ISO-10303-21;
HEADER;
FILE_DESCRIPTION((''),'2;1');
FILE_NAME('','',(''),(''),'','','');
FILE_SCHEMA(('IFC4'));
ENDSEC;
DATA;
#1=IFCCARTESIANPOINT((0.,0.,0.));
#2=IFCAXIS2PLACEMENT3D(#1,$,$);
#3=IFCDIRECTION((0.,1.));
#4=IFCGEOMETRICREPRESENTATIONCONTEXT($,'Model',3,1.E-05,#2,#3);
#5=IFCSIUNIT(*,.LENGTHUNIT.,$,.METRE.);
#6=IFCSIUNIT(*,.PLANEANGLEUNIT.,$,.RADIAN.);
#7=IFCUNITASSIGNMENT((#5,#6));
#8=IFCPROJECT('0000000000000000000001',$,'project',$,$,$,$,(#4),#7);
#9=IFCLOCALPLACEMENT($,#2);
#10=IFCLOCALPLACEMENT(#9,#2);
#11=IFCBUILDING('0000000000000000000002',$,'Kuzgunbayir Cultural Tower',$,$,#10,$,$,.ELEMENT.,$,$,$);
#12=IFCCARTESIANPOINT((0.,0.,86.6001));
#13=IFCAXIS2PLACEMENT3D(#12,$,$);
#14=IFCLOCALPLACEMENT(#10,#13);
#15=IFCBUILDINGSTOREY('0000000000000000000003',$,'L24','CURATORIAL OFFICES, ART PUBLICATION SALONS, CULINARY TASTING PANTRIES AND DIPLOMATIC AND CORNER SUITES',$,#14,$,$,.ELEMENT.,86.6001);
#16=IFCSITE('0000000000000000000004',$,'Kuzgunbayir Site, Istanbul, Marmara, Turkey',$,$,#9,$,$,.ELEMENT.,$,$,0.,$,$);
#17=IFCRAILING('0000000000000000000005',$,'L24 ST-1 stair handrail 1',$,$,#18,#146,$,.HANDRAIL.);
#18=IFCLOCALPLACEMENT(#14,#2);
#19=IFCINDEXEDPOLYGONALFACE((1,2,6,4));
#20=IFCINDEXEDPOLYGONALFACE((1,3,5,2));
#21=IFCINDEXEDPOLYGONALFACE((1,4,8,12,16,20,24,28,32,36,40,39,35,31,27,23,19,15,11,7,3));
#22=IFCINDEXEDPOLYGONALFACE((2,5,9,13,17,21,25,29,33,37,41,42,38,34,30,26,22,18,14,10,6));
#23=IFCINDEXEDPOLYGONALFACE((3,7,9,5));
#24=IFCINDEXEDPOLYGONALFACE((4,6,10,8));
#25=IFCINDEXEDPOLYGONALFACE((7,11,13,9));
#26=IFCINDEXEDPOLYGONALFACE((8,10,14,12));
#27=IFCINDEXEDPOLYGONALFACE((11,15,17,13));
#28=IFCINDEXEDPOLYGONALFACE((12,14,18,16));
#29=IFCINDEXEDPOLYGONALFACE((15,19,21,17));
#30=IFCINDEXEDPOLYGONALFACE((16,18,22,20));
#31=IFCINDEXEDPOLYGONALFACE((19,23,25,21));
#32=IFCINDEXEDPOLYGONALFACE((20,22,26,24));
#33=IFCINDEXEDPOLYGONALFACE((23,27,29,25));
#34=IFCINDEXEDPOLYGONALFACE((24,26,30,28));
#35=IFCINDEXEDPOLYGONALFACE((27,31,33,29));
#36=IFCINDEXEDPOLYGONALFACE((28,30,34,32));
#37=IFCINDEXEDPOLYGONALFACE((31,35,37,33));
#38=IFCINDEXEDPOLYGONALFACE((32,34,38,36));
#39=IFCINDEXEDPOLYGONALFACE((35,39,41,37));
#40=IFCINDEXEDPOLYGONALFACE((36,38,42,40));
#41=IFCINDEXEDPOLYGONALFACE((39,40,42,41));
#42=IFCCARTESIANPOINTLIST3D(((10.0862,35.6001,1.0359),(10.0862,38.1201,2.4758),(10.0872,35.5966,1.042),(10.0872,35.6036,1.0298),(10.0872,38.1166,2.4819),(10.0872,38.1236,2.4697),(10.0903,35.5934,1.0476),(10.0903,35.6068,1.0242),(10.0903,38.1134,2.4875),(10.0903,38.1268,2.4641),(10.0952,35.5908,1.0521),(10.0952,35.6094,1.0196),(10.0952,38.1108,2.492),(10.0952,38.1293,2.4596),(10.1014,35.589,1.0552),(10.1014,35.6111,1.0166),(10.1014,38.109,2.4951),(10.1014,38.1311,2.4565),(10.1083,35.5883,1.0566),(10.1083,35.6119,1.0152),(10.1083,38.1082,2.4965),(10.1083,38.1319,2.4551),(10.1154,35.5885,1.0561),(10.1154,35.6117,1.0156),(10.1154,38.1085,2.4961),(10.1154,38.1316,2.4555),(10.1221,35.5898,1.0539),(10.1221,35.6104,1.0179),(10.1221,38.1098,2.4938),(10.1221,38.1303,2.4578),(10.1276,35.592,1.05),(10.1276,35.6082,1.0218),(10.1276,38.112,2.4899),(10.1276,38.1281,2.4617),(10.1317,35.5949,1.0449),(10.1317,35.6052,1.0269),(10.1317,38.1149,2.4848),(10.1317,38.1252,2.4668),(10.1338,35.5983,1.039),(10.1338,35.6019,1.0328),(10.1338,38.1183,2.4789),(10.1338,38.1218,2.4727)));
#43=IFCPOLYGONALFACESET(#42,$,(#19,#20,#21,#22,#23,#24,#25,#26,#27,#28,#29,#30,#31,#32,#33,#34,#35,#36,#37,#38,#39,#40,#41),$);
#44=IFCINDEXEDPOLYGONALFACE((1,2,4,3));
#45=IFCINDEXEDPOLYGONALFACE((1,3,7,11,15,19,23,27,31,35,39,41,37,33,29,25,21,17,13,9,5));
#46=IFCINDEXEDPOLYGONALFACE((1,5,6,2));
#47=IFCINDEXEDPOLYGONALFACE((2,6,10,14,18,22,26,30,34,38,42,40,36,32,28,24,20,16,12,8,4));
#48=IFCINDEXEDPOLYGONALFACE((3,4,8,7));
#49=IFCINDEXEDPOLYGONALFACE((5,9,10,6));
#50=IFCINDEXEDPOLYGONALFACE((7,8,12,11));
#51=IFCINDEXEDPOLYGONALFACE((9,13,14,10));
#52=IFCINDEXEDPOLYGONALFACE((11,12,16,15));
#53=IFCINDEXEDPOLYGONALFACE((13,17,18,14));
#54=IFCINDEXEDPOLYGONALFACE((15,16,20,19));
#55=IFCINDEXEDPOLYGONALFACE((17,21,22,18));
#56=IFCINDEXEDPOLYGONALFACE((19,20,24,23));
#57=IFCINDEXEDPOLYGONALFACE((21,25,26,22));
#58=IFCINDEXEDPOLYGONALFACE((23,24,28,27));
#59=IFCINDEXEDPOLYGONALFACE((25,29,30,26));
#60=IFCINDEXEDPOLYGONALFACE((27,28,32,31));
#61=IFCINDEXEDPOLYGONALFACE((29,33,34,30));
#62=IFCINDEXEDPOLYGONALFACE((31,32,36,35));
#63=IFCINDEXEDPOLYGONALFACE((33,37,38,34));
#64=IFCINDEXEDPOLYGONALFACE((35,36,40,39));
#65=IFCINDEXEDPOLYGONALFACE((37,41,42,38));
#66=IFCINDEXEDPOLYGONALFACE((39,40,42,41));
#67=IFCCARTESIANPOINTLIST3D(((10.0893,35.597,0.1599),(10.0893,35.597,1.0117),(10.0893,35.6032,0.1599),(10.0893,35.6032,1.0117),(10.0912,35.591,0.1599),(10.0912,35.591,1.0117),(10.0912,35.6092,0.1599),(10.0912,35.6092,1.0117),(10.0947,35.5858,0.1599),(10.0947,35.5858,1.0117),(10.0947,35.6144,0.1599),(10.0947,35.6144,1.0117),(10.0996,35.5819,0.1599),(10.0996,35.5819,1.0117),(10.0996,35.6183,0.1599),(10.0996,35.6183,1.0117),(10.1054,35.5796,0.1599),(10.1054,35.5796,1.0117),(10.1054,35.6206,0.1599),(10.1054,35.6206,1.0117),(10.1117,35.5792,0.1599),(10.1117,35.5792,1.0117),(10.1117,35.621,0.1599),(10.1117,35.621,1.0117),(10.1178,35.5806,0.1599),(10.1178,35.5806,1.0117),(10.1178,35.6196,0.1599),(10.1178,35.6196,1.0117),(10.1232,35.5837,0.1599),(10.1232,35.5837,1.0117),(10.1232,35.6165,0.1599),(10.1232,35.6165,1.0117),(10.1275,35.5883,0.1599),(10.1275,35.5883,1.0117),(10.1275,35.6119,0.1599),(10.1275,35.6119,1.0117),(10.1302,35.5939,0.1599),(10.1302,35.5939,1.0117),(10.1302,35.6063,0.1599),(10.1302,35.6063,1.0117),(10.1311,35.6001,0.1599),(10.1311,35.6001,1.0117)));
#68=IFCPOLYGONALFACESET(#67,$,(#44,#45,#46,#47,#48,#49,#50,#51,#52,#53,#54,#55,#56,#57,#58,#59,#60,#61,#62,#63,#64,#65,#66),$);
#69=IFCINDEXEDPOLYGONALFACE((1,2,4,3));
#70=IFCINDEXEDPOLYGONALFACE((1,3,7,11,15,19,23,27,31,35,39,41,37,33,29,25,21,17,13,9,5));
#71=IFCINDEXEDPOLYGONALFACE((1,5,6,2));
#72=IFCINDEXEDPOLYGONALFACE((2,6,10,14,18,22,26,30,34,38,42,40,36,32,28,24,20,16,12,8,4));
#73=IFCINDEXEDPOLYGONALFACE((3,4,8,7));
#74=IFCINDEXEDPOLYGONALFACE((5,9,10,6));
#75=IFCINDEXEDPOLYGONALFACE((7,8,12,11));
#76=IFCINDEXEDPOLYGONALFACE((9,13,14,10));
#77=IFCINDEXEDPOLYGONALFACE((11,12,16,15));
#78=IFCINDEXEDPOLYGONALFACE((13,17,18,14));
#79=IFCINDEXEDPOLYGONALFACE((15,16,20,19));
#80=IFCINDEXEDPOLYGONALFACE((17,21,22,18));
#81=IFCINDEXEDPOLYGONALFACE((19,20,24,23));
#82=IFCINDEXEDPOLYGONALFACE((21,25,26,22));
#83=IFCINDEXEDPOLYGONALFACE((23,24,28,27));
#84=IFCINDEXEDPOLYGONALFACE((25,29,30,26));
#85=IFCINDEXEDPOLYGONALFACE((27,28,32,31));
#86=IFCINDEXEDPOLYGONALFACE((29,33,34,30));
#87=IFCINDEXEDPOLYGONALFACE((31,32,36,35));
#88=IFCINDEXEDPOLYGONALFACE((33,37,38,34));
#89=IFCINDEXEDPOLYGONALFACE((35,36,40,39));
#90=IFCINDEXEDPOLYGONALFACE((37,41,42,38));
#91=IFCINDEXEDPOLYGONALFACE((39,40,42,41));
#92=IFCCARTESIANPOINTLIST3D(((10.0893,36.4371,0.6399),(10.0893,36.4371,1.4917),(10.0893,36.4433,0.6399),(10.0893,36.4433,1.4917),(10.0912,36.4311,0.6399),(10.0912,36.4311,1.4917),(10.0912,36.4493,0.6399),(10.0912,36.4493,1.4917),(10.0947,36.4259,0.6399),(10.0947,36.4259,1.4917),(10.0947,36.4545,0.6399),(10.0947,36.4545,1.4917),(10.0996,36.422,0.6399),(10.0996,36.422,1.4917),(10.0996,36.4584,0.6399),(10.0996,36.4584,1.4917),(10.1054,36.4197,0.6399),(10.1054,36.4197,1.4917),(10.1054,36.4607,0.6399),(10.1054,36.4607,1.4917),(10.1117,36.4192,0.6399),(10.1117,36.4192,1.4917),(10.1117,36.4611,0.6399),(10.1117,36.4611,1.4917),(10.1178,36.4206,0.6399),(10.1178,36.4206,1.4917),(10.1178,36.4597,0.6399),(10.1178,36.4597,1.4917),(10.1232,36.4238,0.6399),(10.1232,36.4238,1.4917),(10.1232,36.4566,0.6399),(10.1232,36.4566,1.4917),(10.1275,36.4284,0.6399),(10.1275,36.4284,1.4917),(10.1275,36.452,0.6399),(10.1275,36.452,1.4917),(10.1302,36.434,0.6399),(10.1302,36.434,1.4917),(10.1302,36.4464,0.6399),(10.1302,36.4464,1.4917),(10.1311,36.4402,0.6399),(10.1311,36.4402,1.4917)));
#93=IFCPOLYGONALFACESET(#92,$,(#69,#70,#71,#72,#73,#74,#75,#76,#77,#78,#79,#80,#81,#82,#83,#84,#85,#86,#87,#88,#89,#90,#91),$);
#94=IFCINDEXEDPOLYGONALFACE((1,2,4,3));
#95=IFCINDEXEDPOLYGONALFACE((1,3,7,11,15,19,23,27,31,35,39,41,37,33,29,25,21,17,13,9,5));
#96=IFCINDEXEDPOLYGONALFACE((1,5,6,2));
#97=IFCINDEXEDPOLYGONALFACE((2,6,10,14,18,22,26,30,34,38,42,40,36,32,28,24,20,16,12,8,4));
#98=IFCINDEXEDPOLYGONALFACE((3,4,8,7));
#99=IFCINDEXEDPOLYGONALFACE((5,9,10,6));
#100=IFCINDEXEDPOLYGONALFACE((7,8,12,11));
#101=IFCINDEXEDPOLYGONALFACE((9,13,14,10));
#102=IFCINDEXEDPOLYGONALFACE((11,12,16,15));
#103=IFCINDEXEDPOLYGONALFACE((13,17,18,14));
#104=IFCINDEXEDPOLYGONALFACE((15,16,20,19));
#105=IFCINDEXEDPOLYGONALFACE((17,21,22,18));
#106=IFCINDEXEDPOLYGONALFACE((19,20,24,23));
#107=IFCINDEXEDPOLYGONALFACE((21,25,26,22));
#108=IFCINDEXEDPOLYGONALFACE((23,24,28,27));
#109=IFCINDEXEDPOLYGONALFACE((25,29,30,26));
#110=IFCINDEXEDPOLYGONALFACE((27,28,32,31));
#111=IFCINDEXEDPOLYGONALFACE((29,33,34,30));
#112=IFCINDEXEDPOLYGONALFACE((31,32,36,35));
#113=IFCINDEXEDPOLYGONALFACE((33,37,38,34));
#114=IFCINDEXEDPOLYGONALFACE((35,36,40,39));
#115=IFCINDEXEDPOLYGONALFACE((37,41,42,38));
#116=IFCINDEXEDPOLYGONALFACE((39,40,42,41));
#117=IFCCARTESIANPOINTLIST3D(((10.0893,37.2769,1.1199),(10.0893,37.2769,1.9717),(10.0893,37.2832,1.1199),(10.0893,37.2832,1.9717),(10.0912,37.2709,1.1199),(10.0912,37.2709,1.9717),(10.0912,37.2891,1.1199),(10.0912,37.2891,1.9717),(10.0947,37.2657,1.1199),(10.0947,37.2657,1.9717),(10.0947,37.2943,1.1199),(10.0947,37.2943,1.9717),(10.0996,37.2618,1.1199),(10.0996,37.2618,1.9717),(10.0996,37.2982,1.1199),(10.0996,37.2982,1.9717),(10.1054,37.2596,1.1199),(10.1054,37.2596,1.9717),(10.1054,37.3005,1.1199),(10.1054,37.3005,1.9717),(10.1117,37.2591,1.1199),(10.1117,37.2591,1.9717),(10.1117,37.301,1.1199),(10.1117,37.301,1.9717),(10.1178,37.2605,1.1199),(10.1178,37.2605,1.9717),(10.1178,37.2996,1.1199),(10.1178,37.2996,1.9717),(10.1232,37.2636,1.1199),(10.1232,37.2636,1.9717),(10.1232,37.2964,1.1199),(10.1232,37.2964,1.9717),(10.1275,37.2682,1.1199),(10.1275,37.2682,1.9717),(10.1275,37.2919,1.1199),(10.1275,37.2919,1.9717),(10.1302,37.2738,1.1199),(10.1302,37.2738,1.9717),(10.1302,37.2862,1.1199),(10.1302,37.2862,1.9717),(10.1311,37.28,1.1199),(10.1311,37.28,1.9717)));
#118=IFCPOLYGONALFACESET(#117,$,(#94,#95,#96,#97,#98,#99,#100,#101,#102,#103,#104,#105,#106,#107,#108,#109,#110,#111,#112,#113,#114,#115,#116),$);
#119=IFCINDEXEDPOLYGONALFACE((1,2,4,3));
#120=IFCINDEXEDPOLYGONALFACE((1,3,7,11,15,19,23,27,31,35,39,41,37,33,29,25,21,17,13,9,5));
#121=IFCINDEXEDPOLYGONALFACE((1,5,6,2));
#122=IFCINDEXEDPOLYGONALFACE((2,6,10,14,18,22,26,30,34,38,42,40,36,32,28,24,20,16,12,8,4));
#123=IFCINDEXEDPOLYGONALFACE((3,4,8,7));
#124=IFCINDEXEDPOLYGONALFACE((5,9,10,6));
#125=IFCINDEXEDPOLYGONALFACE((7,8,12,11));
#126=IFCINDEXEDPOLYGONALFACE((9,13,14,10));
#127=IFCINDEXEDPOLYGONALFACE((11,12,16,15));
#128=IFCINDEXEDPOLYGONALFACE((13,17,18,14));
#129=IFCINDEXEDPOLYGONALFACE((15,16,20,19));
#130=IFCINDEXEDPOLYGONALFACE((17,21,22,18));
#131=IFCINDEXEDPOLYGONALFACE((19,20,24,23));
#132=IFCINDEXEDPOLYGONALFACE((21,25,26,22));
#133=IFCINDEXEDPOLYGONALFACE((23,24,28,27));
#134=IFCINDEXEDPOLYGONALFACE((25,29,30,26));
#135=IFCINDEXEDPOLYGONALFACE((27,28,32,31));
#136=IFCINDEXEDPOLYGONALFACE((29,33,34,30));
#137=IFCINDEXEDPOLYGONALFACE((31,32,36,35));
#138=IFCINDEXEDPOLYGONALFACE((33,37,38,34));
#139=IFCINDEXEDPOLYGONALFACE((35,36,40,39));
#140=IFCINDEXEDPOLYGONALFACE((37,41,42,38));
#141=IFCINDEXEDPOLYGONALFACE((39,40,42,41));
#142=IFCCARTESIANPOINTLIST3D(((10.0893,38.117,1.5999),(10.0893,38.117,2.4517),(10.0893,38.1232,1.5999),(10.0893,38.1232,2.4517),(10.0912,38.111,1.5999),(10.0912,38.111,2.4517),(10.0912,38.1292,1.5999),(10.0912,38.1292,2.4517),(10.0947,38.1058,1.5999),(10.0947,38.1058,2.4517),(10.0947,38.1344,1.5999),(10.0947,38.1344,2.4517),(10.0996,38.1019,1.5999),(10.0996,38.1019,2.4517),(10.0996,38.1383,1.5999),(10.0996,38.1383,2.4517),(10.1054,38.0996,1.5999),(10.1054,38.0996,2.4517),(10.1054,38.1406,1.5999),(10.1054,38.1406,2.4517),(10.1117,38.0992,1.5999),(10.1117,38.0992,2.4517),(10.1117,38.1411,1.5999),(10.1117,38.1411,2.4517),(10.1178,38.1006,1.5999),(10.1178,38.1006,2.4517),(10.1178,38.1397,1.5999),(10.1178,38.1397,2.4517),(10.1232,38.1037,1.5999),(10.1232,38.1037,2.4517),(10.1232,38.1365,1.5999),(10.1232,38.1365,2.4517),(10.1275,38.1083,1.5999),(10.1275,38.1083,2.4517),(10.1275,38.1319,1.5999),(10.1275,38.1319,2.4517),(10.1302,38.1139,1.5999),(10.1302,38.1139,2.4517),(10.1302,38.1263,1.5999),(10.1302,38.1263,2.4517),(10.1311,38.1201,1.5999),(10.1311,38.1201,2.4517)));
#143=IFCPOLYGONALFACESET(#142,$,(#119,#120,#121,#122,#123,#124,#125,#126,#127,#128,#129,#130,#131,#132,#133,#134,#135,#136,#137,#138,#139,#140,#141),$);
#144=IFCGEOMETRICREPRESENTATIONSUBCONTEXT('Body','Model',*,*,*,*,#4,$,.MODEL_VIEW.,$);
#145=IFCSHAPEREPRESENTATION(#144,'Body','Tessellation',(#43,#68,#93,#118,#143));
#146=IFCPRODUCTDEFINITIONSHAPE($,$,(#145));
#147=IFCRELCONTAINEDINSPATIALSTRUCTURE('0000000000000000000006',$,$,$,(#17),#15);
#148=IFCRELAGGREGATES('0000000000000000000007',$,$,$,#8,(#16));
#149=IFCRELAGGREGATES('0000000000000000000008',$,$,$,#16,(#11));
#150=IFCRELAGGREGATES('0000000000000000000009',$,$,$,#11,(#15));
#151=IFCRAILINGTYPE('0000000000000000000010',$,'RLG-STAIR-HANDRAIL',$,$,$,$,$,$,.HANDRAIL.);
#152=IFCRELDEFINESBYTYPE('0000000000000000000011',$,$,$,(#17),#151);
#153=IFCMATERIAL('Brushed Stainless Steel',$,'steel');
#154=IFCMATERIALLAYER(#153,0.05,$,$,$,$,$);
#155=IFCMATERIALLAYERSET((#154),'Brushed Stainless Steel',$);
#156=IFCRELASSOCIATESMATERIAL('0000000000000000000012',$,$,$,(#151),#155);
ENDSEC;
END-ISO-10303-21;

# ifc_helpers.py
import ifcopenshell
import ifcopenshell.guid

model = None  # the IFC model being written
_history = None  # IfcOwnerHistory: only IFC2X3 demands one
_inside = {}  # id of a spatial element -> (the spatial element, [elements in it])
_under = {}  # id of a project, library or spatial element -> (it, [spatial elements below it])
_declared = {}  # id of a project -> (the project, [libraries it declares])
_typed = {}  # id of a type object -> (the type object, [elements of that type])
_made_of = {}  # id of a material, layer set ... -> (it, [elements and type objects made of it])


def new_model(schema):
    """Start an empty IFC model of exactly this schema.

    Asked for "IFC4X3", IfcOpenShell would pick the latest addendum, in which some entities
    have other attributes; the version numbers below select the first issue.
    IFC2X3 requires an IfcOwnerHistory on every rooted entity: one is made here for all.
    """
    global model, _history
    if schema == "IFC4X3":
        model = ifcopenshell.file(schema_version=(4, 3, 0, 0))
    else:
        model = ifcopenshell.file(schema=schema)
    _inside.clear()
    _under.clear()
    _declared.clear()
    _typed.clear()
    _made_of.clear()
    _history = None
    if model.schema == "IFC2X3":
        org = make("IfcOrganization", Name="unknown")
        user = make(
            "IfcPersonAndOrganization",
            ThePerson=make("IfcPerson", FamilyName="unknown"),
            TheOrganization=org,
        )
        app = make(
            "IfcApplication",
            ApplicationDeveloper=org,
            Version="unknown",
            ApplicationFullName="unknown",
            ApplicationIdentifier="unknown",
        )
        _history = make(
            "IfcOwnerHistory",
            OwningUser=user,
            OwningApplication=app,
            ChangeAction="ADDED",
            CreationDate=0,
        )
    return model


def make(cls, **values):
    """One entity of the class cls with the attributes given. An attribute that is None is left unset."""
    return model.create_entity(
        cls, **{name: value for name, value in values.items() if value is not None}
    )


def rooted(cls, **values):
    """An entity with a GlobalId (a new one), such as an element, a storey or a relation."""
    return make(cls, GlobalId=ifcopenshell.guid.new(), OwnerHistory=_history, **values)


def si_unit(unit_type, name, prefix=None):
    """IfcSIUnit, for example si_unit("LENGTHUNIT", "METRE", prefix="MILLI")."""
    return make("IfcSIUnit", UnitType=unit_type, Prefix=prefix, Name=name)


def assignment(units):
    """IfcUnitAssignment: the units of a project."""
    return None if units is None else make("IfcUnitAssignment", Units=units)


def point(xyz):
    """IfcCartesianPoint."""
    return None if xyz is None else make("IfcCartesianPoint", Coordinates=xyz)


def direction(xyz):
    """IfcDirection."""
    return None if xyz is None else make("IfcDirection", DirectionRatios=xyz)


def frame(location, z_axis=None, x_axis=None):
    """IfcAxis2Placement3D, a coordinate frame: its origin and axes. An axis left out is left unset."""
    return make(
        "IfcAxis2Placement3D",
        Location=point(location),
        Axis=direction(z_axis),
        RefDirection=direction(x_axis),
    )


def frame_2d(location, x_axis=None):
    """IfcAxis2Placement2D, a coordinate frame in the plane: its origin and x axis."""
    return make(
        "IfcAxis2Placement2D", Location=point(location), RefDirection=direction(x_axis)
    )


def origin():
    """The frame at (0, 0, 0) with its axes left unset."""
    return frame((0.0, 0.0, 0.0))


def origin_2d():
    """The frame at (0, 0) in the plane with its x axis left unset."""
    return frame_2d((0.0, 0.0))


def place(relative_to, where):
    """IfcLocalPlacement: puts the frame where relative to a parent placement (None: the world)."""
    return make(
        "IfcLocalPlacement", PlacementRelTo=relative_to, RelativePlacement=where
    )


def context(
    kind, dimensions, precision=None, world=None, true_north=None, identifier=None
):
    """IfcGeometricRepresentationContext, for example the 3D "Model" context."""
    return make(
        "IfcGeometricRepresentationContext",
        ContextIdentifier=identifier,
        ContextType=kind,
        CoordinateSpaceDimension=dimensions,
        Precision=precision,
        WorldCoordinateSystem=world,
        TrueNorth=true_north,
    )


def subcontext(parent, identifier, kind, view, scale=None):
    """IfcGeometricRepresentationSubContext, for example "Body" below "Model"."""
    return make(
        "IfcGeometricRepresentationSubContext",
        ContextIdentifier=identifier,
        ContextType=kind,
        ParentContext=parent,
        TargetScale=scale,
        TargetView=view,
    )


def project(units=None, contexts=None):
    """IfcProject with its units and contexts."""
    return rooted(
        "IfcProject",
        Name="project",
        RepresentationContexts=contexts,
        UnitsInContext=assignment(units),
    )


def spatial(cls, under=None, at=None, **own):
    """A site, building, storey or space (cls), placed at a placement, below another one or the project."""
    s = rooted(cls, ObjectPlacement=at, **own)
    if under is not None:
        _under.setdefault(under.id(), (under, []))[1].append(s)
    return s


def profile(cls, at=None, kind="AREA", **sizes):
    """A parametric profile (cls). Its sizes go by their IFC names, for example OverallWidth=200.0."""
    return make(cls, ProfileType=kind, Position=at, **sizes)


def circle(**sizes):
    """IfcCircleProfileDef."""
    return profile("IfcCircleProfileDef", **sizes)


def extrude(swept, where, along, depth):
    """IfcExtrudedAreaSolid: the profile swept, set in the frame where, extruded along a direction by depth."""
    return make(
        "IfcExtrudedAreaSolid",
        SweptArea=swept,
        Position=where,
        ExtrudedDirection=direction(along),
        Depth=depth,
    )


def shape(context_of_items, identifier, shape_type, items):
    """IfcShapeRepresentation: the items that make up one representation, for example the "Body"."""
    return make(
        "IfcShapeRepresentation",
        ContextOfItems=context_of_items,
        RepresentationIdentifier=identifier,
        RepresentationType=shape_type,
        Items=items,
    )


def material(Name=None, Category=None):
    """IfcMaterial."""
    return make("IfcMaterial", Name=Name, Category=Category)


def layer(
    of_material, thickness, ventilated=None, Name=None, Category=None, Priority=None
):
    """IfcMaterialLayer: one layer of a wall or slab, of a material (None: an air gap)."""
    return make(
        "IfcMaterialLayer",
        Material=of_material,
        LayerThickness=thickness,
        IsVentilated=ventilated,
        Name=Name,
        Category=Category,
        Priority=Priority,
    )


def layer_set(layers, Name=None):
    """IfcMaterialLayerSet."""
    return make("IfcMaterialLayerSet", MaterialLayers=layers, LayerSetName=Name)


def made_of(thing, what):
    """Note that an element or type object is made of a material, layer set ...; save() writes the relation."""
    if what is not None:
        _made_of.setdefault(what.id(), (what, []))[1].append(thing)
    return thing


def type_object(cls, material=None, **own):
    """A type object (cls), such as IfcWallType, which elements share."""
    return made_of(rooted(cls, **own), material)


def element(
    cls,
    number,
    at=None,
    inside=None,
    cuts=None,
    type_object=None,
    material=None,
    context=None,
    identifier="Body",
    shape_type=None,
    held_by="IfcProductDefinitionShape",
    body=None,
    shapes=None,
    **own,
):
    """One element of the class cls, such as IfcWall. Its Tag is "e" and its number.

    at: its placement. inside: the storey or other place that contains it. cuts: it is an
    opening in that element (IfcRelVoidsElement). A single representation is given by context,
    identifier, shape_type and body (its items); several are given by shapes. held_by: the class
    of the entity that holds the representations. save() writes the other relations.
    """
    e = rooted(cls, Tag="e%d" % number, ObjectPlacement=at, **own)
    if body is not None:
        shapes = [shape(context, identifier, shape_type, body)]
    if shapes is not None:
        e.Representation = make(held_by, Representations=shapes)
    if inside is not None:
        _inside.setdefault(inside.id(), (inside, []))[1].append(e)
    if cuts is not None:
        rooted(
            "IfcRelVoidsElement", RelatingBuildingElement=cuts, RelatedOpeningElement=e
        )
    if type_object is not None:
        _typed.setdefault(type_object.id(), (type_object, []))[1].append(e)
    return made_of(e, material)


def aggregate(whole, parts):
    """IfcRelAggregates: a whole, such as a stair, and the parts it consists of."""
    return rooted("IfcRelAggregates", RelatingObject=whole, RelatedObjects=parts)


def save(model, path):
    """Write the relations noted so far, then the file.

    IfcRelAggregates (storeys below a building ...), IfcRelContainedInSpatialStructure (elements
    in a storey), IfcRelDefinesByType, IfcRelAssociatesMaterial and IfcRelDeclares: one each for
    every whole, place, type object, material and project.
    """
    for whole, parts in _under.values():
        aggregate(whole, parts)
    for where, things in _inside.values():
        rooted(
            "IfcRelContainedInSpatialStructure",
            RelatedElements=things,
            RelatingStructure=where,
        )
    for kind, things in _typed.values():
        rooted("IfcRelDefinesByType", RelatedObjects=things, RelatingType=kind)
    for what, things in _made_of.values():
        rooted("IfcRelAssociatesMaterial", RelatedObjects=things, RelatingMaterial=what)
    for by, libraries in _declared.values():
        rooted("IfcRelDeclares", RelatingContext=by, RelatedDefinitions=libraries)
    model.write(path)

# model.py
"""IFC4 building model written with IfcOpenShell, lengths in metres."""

from ifc_helpers import new_model, si_unit, direction, frame, origin, origin_2d, place, context, subcontext, project, spatial, circle, extrude, material, layer, layer_set, type_object, element, save


model = new_model("IFC4")

# Units and contexts
model_context = context("Model", 3, precision=1e-05, world=origin(), true_north=direction((0.0, 1.0)))
body_context = subcontext(model_context, "Body", "Model", "MODEL_VIEW")
ifc_project = project(units=[si_unit("LENGTHUNIT", "METRE"), si_unit("PLANEANGLEUNIT", "RADIAN")], contexts=[model_context])

# Site, building, storey
site_placement = place(None, origin())
site = spatial("IfcSite", under=ifc_project, at=site_placement, Name="Kuzgunbayir Site, Istanbul, Marmara, Turkey", CompositionType="ELEMENT", RefElevation=0.0)
building_placement = place(site_placement, origin())
building = spatial("IfcBuilding", under=site, at=building_placement, Name="Kuzgunbayir Cultural Tower", CompositionType="ELEMENT")
storey_placement = place(building_placement, frame((0.0, 0.0, 86.6001)))
storey = spatial("IfcBuildingStorey", under=building, at=storey_placement, Name="L24", Description="CURATORIAL OFFICES, ART PUBLICATION SALONS, CULINARY TASTING PANTRIES AND DIPLOMATIC AND CORNER SUITES", CompositionType="ELEMENT", Elevation=86.6001)

# Shared definitions
ifc_material_1 = material(Name="Brushed Stainless Steel", Category="steel")

# Railing
ifc_layer_1 = layer(ifc_material_1, 0.05)
ifc_layer_set_1 = layer_set([ifc_layer_1], Name="Brushed Stainless Steel")
railing_type_1 = type_object("IfcRailingType", Name="RLG-STAIR-HANDRAIL", PredefinedType="HANDRAIL", material=ifc_layer_set_1)
railing_1_placement = place(storey_placement, frame((10.1101, 35.6001, 0.1599)))
element("IfcRailing", 1, at=railing_1_placement, inside=storey, type_object=railing_type_1, Name="L24 ST-1 stair handrail 1", PredefinedType="HANDRAIL", context=body_context, shape_type="SweptSolid", body=[
    extrude(circle(Radius=0.0239, at=origin_2d()), frame((0.0, 0.0, 0.876), z_axis=(0.0, 0.868253, 0.496121), x_axis=(-1.0, 0.0, 0.0)), (0.0, 0.0, 1.0), 2.9023),
    extrude(circle(Radius=0.021, at=origin_2d()), origin(), (0.0, 0.0, 1.0), 0.8518),
    extrude(circle(Radius=0.021, at=origin_2d()), frame((0.0, 0.8401, 0.48)), (0.0, 0.0, 1.0), 0.8518),
    extrude(circle(Radius=0.021, at=origin_2d()), frame((0.0, 1.6799, 0.96)), (0.0, 0.0, 1.0), 0.8518),
    extrude(circle(Radius=0.021, at=origin_2d()), frame((0.0, 2.52, 1.4399)), (0.0, 0.0, 1.0), 0.8518),
])

save(model, "model.ifc")
